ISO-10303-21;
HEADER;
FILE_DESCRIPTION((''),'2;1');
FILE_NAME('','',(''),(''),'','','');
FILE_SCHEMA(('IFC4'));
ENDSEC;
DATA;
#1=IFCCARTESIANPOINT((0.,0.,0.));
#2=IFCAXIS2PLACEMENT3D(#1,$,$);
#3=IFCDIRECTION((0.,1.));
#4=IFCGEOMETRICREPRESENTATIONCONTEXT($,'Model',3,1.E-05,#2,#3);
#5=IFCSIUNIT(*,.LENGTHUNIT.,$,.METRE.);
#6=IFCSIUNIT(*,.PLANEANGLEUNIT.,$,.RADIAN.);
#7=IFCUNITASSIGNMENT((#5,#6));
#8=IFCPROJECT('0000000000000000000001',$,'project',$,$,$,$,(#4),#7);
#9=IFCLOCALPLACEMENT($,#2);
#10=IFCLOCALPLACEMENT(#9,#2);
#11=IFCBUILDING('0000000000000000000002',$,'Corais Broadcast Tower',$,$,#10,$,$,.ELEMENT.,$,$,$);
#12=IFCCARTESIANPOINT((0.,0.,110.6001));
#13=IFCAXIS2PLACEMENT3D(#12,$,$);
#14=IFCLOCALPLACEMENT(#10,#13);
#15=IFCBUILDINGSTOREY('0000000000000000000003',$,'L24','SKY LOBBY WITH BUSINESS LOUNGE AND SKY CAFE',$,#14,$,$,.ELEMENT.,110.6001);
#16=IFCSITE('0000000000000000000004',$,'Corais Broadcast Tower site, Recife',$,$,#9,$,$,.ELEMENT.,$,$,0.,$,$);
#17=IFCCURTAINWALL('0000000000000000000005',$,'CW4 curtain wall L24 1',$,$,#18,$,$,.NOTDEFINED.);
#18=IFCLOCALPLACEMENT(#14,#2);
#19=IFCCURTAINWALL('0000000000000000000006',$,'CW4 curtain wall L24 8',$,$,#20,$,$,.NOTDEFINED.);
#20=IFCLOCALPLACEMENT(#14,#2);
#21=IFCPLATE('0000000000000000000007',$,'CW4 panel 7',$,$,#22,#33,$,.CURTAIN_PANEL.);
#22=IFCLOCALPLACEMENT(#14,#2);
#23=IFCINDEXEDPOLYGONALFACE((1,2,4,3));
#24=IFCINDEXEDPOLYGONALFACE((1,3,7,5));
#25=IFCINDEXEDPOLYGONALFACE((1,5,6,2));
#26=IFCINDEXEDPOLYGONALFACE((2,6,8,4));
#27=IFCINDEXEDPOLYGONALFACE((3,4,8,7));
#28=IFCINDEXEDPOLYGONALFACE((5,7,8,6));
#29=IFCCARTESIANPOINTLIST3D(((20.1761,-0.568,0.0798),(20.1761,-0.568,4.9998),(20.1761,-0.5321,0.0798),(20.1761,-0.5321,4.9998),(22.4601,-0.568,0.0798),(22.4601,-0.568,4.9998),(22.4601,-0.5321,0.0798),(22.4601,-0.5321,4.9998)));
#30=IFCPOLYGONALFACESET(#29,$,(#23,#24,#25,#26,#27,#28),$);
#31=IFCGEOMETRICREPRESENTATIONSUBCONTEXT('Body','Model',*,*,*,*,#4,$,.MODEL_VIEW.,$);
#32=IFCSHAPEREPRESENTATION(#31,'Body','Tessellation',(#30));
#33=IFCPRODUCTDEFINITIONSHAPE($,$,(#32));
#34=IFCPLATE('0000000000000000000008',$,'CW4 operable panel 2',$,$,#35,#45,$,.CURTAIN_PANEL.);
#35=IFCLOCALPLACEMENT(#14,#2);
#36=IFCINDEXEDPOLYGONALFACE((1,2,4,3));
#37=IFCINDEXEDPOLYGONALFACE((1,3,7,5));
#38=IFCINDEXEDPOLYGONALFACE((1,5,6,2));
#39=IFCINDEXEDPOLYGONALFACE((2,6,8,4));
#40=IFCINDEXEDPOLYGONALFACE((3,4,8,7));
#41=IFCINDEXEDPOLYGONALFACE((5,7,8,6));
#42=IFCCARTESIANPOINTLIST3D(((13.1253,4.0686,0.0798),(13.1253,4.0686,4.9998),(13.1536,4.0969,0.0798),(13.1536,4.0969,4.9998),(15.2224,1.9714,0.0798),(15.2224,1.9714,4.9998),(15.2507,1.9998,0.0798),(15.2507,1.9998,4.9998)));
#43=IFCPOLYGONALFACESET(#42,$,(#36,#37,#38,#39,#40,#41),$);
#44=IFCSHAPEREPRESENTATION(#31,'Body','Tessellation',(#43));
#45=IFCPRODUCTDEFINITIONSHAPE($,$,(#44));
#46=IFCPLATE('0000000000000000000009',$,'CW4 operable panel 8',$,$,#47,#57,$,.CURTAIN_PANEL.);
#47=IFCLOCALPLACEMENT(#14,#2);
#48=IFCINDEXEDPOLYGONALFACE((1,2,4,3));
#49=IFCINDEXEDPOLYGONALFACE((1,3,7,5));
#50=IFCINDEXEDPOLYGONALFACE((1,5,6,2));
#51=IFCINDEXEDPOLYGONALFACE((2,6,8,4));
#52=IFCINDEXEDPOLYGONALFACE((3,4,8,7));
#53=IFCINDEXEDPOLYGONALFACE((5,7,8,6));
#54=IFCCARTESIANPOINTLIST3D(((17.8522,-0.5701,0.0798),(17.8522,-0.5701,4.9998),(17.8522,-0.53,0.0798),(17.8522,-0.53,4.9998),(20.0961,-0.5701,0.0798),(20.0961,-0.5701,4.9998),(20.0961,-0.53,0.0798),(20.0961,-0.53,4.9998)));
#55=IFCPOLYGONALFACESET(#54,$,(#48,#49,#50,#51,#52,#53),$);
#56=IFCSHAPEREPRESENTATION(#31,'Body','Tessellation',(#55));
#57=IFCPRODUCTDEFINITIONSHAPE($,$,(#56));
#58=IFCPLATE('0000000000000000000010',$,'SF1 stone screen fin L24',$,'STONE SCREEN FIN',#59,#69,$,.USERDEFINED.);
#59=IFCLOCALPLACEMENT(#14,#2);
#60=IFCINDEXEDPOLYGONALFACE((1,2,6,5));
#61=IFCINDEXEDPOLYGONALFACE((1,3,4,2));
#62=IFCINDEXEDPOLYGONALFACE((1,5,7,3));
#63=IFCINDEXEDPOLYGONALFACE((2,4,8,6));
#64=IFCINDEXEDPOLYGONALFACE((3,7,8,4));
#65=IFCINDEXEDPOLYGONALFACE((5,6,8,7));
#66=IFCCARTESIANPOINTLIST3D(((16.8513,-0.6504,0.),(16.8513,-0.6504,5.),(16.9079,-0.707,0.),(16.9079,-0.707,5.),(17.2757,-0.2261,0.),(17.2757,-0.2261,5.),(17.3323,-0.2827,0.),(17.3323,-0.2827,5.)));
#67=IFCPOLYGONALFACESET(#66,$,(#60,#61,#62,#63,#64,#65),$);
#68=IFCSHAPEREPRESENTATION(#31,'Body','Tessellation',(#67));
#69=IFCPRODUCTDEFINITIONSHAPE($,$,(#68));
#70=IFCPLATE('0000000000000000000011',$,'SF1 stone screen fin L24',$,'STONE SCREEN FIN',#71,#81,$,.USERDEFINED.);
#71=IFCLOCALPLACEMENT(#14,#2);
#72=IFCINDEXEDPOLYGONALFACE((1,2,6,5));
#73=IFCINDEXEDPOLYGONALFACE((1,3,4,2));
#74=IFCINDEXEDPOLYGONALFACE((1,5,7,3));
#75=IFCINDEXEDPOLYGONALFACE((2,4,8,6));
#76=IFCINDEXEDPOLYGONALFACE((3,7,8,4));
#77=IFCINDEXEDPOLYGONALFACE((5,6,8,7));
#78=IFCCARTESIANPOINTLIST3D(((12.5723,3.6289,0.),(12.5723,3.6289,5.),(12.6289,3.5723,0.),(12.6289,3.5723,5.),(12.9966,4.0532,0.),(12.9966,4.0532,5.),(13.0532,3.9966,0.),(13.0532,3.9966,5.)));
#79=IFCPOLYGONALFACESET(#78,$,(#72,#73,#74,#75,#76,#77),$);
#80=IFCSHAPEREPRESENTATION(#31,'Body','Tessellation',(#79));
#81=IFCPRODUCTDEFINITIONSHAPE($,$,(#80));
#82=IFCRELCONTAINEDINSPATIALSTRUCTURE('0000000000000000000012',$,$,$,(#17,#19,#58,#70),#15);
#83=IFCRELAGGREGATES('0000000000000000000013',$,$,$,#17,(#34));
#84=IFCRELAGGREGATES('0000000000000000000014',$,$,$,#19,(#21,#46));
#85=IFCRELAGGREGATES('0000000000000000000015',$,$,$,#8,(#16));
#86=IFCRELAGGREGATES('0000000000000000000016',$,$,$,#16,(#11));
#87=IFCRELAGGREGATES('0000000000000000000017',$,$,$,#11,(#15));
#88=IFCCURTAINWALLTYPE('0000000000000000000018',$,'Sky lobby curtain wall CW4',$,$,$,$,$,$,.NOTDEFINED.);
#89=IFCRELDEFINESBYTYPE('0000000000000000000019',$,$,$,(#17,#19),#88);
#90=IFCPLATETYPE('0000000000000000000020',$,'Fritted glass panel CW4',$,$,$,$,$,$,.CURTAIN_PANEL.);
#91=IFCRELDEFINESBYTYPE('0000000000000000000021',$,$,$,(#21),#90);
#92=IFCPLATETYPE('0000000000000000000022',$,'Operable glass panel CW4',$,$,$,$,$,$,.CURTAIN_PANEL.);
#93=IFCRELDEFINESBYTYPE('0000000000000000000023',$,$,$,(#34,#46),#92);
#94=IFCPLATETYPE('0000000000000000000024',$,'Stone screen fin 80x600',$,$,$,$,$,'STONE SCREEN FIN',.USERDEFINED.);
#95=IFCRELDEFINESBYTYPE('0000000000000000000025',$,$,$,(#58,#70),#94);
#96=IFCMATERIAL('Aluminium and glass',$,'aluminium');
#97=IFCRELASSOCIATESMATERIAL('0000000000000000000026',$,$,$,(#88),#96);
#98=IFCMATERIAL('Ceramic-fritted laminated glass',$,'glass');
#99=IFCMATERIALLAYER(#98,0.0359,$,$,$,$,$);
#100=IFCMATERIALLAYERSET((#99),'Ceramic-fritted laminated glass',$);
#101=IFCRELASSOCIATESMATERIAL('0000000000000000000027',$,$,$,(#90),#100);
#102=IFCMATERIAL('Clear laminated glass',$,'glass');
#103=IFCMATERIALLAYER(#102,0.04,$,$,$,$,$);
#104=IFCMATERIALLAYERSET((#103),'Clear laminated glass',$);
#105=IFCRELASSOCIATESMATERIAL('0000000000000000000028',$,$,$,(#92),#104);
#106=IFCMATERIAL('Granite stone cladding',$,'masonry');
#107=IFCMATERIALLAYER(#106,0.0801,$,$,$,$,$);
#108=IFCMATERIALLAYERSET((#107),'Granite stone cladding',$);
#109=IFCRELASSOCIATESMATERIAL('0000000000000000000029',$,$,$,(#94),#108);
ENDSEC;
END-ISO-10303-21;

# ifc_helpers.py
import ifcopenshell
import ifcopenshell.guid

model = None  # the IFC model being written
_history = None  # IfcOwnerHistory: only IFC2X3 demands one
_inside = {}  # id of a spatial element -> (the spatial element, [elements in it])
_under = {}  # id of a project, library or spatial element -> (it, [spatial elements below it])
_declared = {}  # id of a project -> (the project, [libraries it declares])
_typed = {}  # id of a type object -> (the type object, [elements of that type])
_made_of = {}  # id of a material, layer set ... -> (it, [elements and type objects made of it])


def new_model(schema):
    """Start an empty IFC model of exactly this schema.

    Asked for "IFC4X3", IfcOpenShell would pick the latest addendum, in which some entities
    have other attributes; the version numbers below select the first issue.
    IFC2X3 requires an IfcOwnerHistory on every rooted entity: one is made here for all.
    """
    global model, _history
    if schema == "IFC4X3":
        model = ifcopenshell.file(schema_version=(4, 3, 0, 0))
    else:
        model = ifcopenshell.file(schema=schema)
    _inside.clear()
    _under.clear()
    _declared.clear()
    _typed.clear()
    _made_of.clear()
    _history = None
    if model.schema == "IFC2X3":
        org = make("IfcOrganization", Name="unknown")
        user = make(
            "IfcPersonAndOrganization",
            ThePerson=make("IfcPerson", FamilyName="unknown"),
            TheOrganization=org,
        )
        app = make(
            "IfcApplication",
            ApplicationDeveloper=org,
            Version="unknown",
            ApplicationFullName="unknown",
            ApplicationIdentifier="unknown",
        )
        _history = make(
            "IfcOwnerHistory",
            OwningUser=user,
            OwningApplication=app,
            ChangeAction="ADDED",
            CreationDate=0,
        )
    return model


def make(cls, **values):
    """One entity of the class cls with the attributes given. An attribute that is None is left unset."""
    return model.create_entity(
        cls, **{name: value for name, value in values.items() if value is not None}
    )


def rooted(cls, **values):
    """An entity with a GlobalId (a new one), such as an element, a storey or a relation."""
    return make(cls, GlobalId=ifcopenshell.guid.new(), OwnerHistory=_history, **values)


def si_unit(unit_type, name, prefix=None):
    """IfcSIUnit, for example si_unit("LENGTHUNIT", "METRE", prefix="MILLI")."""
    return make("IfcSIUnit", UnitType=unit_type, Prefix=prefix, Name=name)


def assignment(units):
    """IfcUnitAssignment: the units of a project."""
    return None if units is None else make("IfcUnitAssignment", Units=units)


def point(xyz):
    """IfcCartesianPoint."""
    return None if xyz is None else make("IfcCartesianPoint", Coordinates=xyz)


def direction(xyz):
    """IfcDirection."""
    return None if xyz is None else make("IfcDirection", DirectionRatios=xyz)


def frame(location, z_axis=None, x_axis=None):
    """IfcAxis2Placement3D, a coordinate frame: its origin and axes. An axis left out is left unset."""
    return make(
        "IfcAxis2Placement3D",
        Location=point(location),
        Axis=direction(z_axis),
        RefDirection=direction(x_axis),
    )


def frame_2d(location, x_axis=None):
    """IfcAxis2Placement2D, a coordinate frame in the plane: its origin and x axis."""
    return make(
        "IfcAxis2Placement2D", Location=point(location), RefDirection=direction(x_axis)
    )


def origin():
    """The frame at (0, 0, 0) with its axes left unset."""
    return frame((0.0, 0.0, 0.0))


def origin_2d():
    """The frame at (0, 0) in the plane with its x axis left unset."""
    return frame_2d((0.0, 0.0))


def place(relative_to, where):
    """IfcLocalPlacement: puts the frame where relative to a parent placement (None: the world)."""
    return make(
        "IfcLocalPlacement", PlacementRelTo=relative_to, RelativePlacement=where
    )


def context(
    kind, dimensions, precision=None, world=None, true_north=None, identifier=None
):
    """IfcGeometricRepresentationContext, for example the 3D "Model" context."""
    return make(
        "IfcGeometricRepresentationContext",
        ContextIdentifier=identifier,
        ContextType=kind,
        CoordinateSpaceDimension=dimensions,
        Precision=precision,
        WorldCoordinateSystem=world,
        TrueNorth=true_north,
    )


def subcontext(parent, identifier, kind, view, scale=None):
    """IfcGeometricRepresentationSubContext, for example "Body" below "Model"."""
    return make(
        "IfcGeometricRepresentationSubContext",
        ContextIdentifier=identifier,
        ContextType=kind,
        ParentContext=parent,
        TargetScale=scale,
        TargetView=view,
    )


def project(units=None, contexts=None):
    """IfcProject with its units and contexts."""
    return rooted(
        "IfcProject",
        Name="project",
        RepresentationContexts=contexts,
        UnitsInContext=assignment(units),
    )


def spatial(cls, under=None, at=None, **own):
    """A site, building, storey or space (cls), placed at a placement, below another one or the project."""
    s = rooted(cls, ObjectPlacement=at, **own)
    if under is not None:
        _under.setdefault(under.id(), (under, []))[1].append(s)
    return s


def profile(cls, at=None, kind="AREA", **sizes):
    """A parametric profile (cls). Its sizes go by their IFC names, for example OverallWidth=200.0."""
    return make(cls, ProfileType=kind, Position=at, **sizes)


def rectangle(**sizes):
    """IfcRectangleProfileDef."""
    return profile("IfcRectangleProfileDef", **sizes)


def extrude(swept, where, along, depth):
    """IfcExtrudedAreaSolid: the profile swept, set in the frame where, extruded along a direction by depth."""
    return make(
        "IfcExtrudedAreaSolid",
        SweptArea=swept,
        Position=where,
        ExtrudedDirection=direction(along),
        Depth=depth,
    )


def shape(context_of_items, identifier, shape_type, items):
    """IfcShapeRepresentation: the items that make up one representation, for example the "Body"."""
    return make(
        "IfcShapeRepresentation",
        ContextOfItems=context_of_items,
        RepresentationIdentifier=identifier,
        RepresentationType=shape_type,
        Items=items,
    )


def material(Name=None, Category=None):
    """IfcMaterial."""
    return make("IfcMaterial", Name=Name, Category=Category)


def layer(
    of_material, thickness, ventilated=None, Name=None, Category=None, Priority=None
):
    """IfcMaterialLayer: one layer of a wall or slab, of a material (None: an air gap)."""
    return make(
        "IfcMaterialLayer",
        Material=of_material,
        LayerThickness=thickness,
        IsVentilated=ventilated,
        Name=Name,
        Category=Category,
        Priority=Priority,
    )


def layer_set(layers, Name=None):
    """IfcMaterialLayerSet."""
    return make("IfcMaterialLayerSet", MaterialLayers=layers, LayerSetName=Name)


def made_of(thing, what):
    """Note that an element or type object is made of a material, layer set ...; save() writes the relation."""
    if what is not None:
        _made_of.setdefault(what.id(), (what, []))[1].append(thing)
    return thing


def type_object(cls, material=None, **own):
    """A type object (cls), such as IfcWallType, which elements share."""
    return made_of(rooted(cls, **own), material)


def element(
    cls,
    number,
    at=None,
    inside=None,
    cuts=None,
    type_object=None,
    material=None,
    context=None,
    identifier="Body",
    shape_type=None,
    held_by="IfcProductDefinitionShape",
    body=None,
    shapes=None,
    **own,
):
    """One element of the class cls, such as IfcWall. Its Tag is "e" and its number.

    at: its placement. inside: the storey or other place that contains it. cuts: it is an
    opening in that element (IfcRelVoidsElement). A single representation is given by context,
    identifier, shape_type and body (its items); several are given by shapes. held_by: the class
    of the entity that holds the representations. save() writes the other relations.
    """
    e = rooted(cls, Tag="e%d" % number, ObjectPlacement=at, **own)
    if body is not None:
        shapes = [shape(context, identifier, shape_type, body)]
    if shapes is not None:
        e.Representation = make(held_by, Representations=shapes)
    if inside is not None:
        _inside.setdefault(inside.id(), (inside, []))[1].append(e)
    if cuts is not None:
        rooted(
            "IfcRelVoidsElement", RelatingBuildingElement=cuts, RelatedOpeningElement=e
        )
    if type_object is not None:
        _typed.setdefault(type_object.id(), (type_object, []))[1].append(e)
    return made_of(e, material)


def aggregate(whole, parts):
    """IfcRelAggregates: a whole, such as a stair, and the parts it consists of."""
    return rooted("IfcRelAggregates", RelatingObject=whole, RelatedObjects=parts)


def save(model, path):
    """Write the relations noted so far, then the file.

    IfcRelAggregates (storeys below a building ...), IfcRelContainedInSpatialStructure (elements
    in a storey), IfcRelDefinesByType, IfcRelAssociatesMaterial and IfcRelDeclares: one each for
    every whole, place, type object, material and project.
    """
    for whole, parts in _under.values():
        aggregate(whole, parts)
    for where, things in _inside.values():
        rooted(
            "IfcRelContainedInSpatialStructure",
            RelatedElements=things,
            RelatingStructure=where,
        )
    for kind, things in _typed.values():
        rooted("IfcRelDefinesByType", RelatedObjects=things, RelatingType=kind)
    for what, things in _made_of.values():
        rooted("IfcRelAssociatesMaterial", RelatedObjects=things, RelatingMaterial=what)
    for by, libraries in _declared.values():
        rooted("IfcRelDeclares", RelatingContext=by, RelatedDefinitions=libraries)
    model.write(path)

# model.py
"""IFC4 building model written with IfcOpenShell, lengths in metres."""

from ifc_helpers import new_model, si_unit, direction, frame, origin, origin_2d, place, context, subcontext, project, spatial, rectangle, extrude, material, layer, layer_set, type_object, element, aggregate, save


model = new_model("IFC4")

# Units and contexts
model_context = context("Model", 3, precision=1e-05, world=origin(), true_north=direction((0.0, 1.0)))
body_context = subcontext(model_context, "Body", "Model", "MODEL_VIEW")
ifc_project = project(units=[si_unit("LENGTHUNIT", "METRE"), si_unit("PLANEANGLEUNIT", "RADIAN")], contexts=[model_context])

# Site, building, storey
site_placement = place(None, origin())
site = spatial("IfcSite", under=ifc_project, at=site_placement, Name="Corais Broadcast Tower site, Recife", CompositionType="ELEMENT", RefElevation=0.0)
building_placement = place(site_placement, origin())
building = spatial("IfcBuilding", under=site, at=building_placement, Name="Corais Broadcast Tower", CompositionType="ELEMENT")
storey_placement = place(building_placement, frame((0.0, 0.0, 110.6001)))
storey = spatial("IfcBuildingStorey", under=building, at=storey_placement, Name="L24", Description="SKY LOBBY WITH BUSINESS LOUNGE AND SKY CAFE", CompositionType="ELEMENT", Elevation=110.6001)

# Curtain walls
ifc_material_1 = material(Name="Aluminium and glass", Category="aluminium")
curtain_wall_type = type_object("IfcCurtainWallType", Name="Sky lobby curtain wall CW4", PredefinedType="NOTDEFINED", material=ifc_material_1)
curtain_wall_1_placement = place(storey_placement, origin())
curtain_wall_1 = element("IfcCurtainWall", 1, at=curtain_wall_1_placement, inside=storey, type_object=curtain_wall_type, Name="CW4 curtain wall L24 1", PredefinedType="NOTDEFINED")
curtain_wall_2_placement = place(storey_placement, origin())
curtain_wall_2 = element("IfcCurtainWall", 2, at=curtain_wall_2_placement, inside=storey, type_object=curtain_wall_type, Name="CW4 curtain wall L24 8", PredefinedType="NOTDEFINED")

# Plates
ifc_material_2 = material(Name="Ceramic-fritted laminated glass", Category="glass")
ifc_layer_1 = layer(ifc_material_2, 0.0359)
ifc_layer_set_1 = layer_set([ifc_layer_1], Name="Ceramic-fritted laminated glass")
plate_type_1 = type_object("IfcPlateType", Name="Fritted glass panel CW4", PredefinedType="CURTAIN_PANEL", material=ifc_layer_set_1)
plate_1_placement = place(storey_placement, frame((21.3181, -0.55, 0.0798), z_axis=(0.0, 0.0, 1.0), x_axis=(-1.0, 0.0, 0.0)))
plate_1 = element("IfcPlate", 3, at=plate_1_placement, type_object=plate_type_1, Name="CW4 panel 7", PredefinedType="CURTAIN_PANEL", context=body_context, shape_type="SweptSolid", body=[
    extrude(rectangle(XDim=2.2839, YDim=0.0359, at=origin_2d()), origin(), (0.0, 0.0, 1.0), 4.9199),
])
ifc_material_3 = material(Name="Clear laminated glass", Category="glass")
ifc_layer_2 = layer(ifc_material_3, 0.04)
ifc_layer_set_2 = layer_set([ifc_layer_2], Name="Clear laminated glass")
plate_type_2 = type_object("IfcPlateType", Name="Operable glass panel CW4", PredefinedType="CURTAIN_PANEL", material=ifc_layer_set_2)
plate_2_placement = place(storey_placement, frame((14.188, 3.0342, 0.0798), z_axis=(0.0, 0.0, 1.0), x_axis=(-0.707107, 0.707107, 0.0)))
plate_2 = element("IfcPlate", 4, at=plate_2_placement, type_object=plate_type_2, Name="CW4 operable panel 2", PredefinedType="CURTAIN_PANEL", context=body_context, shape_type="SweptSolid", body=[
    extrude(rectangle(XDim=2.9658, YDim=0.04, at=origin_2d()), origin(), (0.0, 0.0, 1.0), 4.9199),
])
aggregate(curtain_wall_1, [plate_2])
plate_3_placement = place(storey_placement, frame((18.9741, -0.55, 0.0798), z_axis=(0.0, 0.0, 1.0), x_axis=(-1.0, 0.0, 0.0)))
plate_3 = element("IfcPlate", 5, at=plate_3_placement, type_object=plate_type_2, Name="CW4 operable panel 8", PredefinedType="CURTAIN_PANEL", context=body_context, shape_type="SweptSolid", body=[
    extrude(rectangle(XDim=2.2439, YDim=0.04, at=origin_2d()), origin(), (0.0, 0.0, 1.0), 4.9199),
])
aggregate(curtain_wall_2, [plate_1, plate_3])

# Plates
ifc_material_4 = material(Name="Granite stone cladding", Category="masonry")
ifc_layer_3 = layer(ifc_material_4, 0.0801)
ifc_layer_set_3 = layer_set([ifc_layer_3], Name="Granite stone cladding")
plate_type_3 = type_object("IfcPlateType", Name="Stone screen fin 80x600", ElementType="STONE SCREEN FIN", PredefinedType="USERDEFINED", material=ifc_layer_set_3)
for number, where, z_axis, x_axis, name in (
    (6, (17.0918, -0.4666, 0.0), (0.0, 0.0, 1.0), (-0.707107, 0.707107, 0.0), "SF1 stone screen fin L24"),
    (7, (12.8127, 3.8127, 0.0), (0.0, 0.0, 1.0), (-0.707107, 0.707107, 0.0), "SF1 stone screen fin L24"),
):
    element("IfcPlate", number, at=place(storey_placement, frame(where, z_axis=z_axis, x_axis=x_axis)), inside=storey, type_object=plate_type_3, Name=name, ObjectType="STONE SCREEN FIN", PredefinedType="USERDEFINED", context=body_context, shape_type="SweptSolid", body=[
        extrude(rectangle(XDim=0.0801, YDim=0.6001, at=origin_2d()), origin(), (0.0, 0.0, 1.0), 5.0),
    ])

save(model, "model.ifc")
